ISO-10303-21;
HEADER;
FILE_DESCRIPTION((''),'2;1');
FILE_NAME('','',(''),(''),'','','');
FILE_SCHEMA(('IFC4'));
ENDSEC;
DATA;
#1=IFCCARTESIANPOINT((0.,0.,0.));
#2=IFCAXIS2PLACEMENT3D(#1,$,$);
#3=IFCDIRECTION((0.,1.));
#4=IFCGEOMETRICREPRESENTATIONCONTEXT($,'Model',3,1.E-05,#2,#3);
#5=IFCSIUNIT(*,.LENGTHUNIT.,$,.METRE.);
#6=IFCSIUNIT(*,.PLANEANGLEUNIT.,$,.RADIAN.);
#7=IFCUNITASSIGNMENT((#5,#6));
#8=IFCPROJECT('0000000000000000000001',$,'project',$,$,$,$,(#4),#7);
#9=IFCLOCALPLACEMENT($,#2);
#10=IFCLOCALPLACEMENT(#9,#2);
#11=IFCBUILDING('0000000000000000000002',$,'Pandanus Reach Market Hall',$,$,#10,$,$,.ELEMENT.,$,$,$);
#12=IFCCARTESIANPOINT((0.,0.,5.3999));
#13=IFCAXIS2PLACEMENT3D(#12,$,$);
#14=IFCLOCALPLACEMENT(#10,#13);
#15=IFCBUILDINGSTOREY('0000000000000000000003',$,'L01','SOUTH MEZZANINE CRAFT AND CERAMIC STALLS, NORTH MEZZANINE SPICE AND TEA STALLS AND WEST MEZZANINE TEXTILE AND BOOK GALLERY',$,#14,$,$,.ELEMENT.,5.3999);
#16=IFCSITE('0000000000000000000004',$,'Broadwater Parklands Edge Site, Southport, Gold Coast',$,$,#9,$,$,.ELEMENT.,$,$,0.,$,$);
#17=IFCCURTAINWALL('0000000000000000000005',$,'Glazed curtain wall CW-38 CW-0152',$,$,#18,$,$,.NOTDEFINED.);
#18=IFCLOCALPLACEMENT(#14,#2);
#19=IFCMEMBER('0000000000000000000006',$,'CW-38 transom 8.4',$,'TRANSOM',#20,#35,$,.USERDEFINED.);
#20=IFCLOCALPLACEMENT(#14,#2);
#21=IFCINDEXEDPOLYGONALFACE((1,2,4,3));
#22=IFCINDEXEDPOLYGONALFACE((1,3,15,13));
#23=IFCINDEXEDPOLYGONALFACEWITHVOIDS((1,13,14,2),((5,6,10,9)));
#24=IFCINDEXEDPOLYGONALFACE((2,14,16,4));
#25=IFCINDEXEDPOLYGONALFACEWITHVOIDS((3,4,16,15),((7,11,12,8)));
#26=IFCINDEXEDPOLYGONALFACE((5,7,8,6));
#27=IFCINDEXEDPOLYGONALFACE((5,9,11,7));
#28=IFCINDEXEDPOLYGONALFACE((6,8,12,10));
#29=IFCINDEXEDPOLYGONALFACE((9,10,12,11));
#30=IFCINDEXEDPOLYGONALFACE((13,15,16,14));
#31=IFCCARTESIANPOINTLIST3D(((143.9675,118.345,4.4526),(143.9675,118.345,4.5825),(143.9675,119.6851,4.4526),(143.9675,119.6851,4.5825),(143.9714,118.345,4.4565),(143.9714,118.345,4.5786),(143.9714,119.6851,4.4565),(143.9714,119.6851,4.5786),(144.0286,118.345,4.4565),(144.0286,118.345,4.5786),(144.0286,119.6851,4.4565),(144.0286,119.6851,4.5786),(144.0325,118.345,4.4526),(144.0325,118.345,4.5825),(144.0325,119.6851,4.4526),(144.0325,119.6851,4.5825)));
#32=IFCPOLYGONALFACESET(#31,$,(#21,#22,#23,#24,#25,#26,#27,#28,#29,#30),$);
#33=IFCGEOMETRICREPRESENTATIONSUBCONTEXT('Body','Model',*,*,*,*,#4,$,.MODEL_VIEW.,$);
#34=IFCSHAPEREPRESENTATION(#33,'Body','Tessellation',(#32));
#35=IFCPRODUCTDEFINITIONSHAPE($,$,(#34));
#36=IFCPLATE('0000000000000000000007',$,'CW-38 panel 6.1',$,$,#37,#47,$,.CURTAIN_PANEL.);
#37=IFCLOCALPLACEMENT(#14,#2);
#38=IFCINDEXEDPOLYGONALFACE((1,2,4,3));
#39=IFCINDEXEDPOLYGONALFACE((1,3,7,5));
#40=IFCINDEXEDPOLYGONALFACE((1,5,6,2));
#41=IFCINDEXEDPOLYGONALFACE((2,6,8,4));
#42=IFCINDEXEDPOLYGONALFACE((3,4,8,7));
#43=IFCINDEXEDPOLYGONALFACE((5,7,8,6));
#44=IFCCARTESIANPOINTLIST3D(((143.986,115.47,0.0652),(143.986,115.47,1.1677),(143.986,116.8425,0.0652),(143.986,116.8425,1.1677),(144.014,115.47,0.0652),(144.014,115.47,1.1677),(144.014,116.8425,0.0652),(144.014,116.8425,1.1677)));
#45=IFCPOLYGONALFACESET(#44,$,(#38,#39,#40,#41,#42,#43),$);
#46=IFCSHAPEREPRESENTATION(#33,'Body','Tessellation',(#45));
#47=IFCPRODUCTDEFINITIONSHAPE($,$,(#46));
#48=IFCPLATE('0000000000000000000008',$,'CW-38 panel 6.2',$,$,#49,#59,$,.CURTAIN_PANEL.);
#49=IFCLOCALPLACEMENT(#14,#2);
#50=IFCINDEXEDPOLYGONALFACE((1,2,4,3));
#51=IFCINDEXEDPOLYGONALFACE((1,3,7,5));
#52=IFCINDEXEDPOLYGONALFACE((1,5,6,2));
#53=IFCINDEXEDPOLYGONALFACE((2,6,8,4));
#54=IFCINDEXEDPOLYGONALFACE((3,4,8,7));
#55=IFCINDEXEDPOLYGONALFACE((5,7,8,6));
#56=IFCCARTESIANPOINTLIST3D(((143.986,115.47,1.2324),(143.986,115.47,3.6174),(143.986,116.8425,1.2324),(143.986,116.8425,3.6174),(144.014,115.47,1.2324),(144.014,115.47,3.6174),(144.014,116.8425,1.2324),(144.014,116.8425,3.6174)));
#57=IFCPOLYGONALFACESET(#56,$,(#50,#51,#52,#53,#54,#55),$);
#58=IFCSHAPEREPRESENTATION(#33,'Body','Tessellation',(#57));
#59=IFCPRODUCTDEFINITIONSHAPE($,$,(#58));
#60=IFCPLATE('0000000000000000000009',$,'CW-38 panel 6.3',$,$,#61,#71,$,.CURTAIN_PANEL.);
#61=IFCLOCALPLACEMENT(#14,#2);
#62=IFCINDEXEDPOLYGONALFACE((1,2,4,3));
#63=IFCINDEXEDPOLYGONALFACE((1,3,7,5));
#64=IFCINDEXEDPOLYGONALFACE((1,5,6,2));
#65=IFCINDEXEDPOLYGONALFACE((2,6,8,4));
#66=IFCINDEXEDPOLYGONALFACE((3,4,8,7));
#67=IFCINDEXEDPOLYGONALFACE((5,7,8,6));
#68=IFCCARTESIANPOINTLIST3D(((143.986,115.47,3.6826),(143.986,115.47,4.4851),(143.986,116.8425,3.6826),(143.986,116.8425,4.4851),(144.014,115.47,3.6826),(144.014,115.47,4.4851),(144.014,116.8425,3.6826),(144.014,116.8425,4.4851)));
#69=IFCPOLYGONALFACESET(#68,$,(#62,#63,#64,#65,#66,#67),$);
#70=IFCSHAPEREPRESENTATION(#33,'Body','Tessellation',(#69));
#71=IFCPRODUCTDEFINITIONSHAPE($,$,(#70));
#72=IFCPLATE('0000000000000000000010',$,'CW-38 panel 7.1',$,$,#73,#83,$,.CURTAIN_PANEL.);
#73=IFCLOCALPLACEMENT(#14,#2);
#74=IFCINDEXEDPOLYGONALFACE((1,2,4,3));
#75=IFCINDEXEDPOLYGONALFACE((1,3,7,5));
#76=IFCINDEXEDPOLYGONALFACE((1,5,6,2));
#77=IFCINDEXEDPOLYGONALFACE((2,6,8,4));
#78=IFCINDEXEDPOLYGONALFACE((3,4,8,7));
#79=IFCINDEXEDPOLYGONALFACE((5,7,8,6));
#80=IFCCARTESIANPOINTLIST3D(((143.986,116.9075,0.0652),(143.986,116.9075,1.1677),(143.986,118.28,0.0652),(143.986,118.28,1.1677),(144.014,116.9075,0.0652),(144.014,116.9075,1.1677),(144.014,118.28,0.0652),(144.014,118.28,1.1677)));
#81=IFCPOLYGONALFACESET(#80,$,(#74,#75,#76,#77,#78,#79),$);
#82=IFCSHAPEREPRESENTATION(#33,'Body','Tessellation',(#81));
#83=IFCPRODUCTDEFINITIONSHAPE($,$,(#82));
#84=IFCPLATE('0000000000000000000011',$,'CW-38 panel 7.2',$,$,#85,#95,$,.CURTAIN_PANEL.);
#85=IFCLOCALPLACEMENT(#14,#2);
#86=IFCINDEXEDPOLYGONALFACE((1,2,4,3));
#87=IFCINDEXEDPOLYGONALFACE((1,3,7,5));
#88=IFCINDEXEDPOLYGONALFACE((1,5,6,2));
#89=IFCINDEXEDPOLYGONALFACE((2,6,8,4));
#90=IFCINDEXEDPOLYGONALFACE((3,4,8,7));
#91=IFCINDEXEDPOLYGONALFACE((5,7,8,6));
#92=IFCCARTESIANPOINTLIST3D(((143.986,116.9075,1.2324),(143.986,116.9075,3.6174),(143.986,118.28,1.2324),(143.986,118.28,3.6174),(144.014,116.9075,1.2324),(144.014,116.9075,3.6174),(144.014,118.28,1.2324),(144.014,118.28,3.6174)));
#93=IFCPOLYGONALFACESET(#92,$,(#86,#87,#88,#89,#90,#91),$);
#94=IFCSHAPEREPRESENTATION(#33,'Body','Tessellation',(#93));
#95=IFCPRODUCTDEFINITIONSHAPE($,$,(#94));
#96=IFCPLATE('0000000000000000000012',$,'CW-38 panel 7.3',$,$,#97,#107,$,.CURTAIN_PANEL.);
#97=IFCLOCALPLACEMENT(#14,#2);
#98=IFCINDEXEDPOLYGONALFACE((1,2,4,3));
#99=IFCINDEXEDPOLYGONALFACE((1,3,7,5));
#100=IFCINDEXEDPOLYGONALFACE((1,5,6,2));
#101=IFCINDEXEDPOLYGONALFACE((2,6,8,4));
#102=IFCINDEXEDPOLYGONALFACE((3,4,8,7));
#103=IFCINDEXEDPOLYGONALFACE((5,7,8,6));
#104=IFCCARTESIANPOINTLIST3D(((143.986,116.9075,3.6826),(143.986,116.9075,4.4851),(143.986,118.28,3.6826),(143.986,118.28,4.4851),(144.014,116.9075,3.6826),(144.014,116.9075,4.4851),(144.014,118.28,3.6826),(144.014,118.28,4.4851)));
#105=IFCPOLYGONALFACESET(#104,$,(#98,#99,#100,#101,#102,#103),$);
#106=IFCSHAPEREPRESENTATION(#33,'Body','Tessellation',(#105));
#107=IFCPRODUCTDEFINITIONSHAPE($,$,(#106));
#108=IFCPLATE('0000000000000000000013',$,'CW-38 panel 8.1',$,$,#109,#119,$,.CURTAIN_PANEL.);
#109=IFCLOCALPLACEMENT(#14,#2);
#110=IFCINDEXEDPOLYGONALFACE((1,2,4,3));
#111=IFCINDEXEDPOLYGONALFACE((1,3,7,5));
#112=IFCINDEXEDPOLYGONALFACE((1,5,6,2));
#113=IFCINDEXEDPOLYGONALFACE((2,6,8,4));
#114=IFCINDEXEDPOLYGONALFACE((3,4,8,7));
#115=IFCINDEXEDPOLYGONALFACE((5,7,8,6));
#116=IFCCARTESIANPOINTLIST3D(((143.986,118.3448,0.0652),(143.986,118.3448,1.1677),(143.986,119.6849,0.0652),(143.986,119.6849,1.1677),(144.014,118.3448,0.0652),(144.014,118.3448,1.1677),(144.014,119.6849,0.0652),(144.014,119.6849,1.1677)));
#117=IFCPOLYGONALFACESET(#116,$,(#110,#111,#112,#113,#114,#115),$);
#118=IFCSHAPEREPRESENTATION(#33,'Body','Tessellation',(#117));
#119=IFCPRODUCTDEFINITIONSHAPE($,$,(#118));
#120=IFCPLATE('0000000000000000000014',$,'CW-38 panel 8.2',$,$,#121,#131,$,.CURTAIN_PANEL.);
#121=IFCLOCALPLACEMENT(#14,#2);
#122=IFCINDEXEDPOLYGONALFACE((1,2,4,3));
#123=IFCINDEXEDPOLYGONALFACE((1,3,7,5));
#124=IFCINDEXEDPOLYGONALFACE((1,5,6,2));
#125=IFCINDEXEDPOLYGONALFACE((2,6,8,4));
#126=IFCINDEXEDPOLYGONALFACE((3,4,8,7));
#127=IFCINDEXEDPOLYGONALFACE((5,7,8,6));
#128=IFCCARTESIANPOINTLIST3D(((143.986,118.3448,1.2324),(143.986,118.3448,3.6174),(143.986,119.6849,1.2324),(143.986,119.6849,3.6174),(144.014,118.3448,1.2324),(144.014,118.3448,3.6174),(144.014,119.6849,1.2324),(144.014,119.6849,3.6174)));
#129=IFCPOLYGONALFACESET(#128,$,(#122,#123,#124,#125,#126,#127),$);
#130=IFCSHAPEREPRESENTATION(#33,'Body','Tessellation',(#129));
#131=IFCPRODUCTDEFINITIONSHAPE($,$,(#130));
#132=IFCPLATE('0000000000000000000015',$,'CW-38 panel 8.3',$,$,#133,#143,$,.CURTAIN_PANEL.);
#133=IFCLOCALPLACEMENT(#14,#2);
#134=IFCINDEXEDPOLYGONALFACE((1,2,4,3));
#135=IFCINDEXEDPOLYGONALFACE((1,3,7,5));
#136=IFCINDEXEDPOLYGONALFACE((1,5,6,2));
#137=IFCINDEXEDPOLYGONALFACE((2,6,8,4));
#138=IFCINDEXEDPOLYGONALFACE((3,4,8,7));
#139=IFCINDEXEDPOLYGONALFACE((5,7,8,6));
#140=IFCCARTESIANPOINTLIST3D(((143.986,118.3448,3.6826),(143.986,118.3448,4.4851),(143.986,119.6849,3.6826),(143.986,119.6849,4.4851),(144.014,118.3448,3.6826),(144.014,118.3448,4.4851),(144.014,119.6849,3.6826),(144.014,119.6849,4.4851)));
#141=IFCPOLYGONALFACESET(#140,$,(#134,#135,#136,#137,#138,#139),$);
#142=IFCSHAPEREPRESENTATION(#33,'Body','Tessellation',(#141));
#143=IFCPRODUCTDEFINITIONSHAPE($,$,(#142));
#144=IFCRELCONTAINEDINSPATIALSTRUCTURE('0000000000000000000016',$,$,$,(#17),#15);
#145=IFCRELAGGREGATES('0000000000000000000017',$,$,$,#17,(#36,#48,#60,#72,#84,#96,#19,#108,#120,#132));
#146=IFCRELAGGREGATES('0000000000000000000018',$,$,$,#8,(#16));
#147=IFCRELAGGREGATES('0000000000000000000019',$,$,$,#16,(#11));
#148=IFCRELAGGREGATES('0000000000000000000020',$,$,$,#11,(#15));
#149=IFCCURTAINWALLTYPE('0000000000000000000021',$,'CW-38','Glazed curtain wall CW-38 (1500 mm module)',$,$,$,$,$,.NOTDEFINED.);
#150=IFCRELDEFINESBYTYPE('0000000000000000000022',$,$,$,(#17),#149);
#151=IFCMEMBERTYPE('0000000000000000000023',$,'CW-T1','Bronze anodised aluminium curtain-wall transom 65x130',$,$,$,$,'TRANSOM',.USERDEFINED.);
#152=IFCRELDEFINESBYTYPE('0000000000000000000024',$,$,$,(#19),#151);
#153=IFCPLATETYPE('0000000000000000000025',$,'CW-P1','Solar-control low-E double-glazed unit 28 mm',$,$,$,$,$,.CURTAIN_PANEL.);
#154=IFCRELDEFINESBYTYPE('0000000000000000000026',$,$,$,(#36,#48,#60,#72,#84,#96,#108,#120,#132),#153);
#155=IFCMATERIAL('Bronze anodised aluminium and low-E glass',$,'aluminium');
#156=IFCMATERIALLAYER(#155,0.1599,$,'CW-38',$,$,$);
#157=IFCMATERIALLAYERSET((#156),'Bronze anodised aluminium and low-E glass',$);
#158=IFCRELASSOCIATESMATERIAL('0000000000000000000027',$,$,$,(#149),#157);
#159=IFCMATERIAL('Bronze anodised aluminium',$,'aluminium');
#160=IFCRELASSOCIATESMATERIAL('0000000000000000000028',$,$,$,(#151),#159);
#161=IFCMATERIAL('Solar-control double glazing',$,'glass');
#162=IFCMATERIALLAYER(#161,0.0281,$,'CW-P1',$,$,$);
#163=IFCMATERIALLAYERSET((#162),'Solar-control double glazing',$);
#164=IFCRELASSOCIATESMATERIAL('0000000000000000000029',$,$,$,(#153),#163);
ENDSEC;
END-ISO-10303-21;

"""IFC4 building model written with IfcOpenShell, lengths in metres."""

from ifc_helpers import new_model, si_unit, direction, frame, origin, origin_2d, place, context, subcontext, project, spatial, rectangle, hollow_rectangle, extrude, material, layer, layer_set, material_profile, profile_set, type_object, element, aggregate, save


model = new_model("IFC4")

# Units and contexts
model_context = context("Model", 3, precision=1e-05, world=origin(), true_north=direction((0.0, 1.0)))
body_context = subcontext(model_context, "Body", "Model", "MODEL_VIEW")
ifc_project = project(units=[si_unit("LENGTHUNIT", "METRE"), si_unit("PLANEANGLEUNIT", "RADIAN")], contexts=[model_context])

# Site, building, storey
site_placement = place(None, origin())
site = spatial("IfcSite", under=ifc_project, at=site_placement, Name="Broadwater Parklands Edge Site, Southport, Gold Coast", CompositionType="ELEMENT", RefElevation=0.0)
building_placement = place(site_placement, origin())
building = spatial("IfcBuilding", under=site, at=building_placement, Name="Pandanus Reach Market Hall", CompositionType="ELEMENT")
storey_placement = place(building_placement, frame((0.0, 0.0, 5.3999)))
storey = spatial("IfcBuildingStorey", under=building, at=storey_placement, Name="L01", Description="SOUTH MEZZANINE CRAFT AND CERAMIC STALLS, NORTH MEZZANINE SPICE AND TEA STALLS AND WEST MEZZANINE TEXTILE AND BOOK GALLERY", CompositionType="ELEMENT", Elevation=5.3999)

# Curtain wall, member, plates
ifc_material_1 = material(Name="Bronze anodised aluminium and low-E glass", Category="aluminium")
ifc_layer_1 = layer(ifc_material_1, 0.1599, Name="CW-38")
ifc_layer_set_1 = layer_set([ifc_layer_1], Name="Bronze anodised aluminium and low-E glass")
curtain_wall_type = type_object("IfcCurtainWallType", Name="CW-38", Description="Glazed curtain wall CW-38 (1500 mm module)", PredefinedType="NOTDEFINED", material=ifc_layer_set_1)
curtain_wall_placement = place(storey_placement, origin())
curtain_wall = element("IfcCurtainWall", 1, at=curtain_wall_placement, inside=storey, type_object=curtain_wall_type, Name="Glazed curtain wall CW-38 CW-0152", PredefinedType="NOTDEFINED")
ifc_material_2 = material(Name="Bronze anodised aluminium", Category="aluminium")
ifc_material_profile_1 = material_profile(ifc_material_2, hollow_rectangle(XDim=0.0649, YDim=0.1299, WallThickness=0.0039, at=origin_2d()), Name="ALU65x130", Category="LoadBearing")
ifc_profile_set_1 = profile_set([ifc_material_profile_1], Name="Bronze anodised aluminium")
member_type_1 = type_object("IfcMemberType", Name="CW-T1", Description="Bronze anodised aluminium curtain-wall transom 65x130", ElementType="TRANSOM", PredefinedType="USERDEFINED", material=ifc_profile_set_1)
member_1_placement = place(storey_placement, frame((144.0, 118.345, 4.5176), z_axis=(0.0, 1.0, 0.0), x_axis=(-1.0, 0.0, 0.0)))
member_1 = element("IfcMember", 2, at=member_1_placement, type_object=member_type_1, Name="CW-38 transom 8.4", ObjectType="TRANSOM", PredefinedType="USERDEFINED", context=body_context, shape_type="SweptSolid", body=[
    extrude(hollow_rectangle(XDim=0.0649, YDim=0.1299, WallThickness=0.0039, at=origin_2d()), origin(), (0.0, 0.0, 1.0), 1.3401),
])
ifc_material_3 = material(Name="Solar-control double glazing", Category="glass")
ifc_layer_2 = layer(ifc_material_3, 0.0281, Name="CW-P1")
ifc_layer_set_2 = layer_set([ifc_layer_2], Name="Solar-control double glazing")
plate_type = type_object("IfcPlateType", Name="CW-P1", Description="Solar-control low-E double-glazed unit 28 mm", PredefinedType="CURTAIN_PANEL", material=ifc_layer_set_2)
plate_1_placement = place(storey_placement, frame((144.0, 116.1562, 0.0652), z_axis=(0.0, 0.0, 1.0), x_axis=(0.0, 1.0, 0.0)))
plate_1 = element("IfcPlate", 3, at=plate_1_placement, type_object=plate_type, Name="CW-38 panel 6.1", PredefinedType="CURTAIN_PANEL", context=body_context, shape_type="SweptSolid", body=[
    extrude(rectangle(XDim=1.3726, YDim=0.0281, at=origin_2d()), origin(), (0.0, 0.0, 1.0), 1.1025),
])
plate_2_placement = place(storey_placement, frame((144.0, 116.1562, 1.2324), z_axis=(0.0, 0.0, 1.0), x_axis=(0.0, 1.0, 0.0)))
plate_2 = element("IfcPlate", 4, at=plate_2_placement, type_object=plate_type, Name="CW-38 panel 6.2", PredefinedType="CURTAIN_PANEL", context=body_context, shape_type="SweptSolid", body=[
    extrude(rectangle(XDim=1.3726, YDim=0.0281, at=origin_2d()), origin(), (0.0, 0.0, 1.0), 2.385),
])
plate_3_placement = place(storey_placement, frame((144.0, 116.1562, 3.6826), z_axis=(0.0, 0.0, 1.0), x_axis=(0.0, 1.0, 0.0)))
plate_3 = element("IfcPlate", 5, at=plate_3_placement, type_object=plate_type, Name="CW-38 panel 6.3", PredefinedType="CURTAIN_PANEL", context=body_context, shape_type="SweptSolid", body=[
    extrude(rectangle(XDim=1.3726, YDim=0.0281, at=origin_2d()), origin(), (0.0, 0.0, 1.0), 0.8025),
])
plate_4_placement = place(storey_placement, frame((144.0, 117.5938, 0.0652), z_axis=(0.0, 0.0, 1.0), x_axis=(0.0, 1.0, 0.0)))
plate_4 = element("IfcPlate", 6, at=plate_4_placement, type_object=plate_type, Name="CW-38 panel 7.1", PredefinedType="CURTAIN_PANEL", context=body_context, shape_type="SweptSolid", body=[
    extrude(rectangle(XDim=1.3726, YDim=0.0281, at=origin_2d()), origin(), (0.0, 0.0, 1.0), 1.1025),
])
plate_5_placement = place(storey_placement, frame((144.0, 117.5938, 1.2324), z_axis=(0.0, 0.0, 1.0), x_axis=(0.0, 1.0, 0.0)))
plate_5 = element("IfcPlate", 7, at=plate_5_placement, type_object=plate_type, Name="CW-38 panel 7.2", PredefinedType="CURTAIN_PANEL", context=body_context, shape_type="SweptSolid", body=[
    extrude(rectangle(XDim=1.3726, YDim=0.0281, at=origin_2d()), origin(), (0.0, 0.0, 1.0), 2.385),
])
plate_6_placement = place(storey_placement, frame((144.0, 117.5938, 3.6826), z_axis=(0.0, 0.0, 1.0), x_axis=(0.0, 1.0, 0.0)))
plate_6 = element("IfcPlate", 8, at=plate_6_placement, type_object=plate_type, Name="CW-38 panel 7.3", PredefinedType="CURTAIN_PANEL", context=body_context, shape_type="SweptSolid", body=[
    extrude(rectangle(XDim=1.3726, YDim=0.0281, at=origin_2d()), origin(), (0.0, 0.0, 1.0), 0.8025),
])
plate_7_placement = place(storey_placement, frame((144.0, 119.0149, 0.0652), z_axis=(0.0, 0.0, 1.0), x_axis=(0.0, 1.0, 0.0)))
plate_7 = element("IfcPlate", 9, at=plate_7_placement, type_object=plate_type, Name="CW-38 panel 8.1", PredefinedType="CURTAIN_PANEL", context=body_context, shape_type="SweptSolid", body=[
    extrude(rectangle(XDim=1.3401, YDim=0.0281, at=origin_2d()), origin(), (0.0, 0.0, 1.0), 1.1025),
])
plate_8_placement = place(storey_placement, frame((144.0, 119.0149, 1.2324), z_axis=(0.0, 0.0, 1.0), x_axis=(0.0, 1.0, 0.0)))
plate_8 = element("IfcPlate", 10, at=plate_8_placement, type_object=plate_type, Name="CW-38 panel 8.2", PredefinedType="CURTAIN_PANEL", context=body_context, shape_type="SweptSolid", body=[
    extrude(rectangle(XDim=1.3401, YDim=0.0281, at=origin_2d()), origin(), (0.0, 0.0, 1.0), 2.385),
])
plate_9_placement = place(storey_placement, frame((144.0, 119.0149, 3.6826), z_axis=(0.0, 0.0, 1.0), x_axis=(0.0, 1.0, 0.0)))
plate_9 = element("IfcPlate", 11, at=plate_9_placement, type_object=plate_type, Name="CW-38 panel 8.3", PredefinedType="CURTAIN_PANEL", context=body_context, shape_type="SweptSolid", body=[
    extrude(rectangle(XDim=1.3401, YDim=0.0281, at=origin_2d()), origin(), (0.0, 0.0, 1.0), 0.8025),
])
aggregate(curtain_wall, [plate_1, plate_2, plate_3, plate_4, plate_5, plate_6, member_1, plate_7, plate_8, plate_9])

save(model, "model.ifc")
